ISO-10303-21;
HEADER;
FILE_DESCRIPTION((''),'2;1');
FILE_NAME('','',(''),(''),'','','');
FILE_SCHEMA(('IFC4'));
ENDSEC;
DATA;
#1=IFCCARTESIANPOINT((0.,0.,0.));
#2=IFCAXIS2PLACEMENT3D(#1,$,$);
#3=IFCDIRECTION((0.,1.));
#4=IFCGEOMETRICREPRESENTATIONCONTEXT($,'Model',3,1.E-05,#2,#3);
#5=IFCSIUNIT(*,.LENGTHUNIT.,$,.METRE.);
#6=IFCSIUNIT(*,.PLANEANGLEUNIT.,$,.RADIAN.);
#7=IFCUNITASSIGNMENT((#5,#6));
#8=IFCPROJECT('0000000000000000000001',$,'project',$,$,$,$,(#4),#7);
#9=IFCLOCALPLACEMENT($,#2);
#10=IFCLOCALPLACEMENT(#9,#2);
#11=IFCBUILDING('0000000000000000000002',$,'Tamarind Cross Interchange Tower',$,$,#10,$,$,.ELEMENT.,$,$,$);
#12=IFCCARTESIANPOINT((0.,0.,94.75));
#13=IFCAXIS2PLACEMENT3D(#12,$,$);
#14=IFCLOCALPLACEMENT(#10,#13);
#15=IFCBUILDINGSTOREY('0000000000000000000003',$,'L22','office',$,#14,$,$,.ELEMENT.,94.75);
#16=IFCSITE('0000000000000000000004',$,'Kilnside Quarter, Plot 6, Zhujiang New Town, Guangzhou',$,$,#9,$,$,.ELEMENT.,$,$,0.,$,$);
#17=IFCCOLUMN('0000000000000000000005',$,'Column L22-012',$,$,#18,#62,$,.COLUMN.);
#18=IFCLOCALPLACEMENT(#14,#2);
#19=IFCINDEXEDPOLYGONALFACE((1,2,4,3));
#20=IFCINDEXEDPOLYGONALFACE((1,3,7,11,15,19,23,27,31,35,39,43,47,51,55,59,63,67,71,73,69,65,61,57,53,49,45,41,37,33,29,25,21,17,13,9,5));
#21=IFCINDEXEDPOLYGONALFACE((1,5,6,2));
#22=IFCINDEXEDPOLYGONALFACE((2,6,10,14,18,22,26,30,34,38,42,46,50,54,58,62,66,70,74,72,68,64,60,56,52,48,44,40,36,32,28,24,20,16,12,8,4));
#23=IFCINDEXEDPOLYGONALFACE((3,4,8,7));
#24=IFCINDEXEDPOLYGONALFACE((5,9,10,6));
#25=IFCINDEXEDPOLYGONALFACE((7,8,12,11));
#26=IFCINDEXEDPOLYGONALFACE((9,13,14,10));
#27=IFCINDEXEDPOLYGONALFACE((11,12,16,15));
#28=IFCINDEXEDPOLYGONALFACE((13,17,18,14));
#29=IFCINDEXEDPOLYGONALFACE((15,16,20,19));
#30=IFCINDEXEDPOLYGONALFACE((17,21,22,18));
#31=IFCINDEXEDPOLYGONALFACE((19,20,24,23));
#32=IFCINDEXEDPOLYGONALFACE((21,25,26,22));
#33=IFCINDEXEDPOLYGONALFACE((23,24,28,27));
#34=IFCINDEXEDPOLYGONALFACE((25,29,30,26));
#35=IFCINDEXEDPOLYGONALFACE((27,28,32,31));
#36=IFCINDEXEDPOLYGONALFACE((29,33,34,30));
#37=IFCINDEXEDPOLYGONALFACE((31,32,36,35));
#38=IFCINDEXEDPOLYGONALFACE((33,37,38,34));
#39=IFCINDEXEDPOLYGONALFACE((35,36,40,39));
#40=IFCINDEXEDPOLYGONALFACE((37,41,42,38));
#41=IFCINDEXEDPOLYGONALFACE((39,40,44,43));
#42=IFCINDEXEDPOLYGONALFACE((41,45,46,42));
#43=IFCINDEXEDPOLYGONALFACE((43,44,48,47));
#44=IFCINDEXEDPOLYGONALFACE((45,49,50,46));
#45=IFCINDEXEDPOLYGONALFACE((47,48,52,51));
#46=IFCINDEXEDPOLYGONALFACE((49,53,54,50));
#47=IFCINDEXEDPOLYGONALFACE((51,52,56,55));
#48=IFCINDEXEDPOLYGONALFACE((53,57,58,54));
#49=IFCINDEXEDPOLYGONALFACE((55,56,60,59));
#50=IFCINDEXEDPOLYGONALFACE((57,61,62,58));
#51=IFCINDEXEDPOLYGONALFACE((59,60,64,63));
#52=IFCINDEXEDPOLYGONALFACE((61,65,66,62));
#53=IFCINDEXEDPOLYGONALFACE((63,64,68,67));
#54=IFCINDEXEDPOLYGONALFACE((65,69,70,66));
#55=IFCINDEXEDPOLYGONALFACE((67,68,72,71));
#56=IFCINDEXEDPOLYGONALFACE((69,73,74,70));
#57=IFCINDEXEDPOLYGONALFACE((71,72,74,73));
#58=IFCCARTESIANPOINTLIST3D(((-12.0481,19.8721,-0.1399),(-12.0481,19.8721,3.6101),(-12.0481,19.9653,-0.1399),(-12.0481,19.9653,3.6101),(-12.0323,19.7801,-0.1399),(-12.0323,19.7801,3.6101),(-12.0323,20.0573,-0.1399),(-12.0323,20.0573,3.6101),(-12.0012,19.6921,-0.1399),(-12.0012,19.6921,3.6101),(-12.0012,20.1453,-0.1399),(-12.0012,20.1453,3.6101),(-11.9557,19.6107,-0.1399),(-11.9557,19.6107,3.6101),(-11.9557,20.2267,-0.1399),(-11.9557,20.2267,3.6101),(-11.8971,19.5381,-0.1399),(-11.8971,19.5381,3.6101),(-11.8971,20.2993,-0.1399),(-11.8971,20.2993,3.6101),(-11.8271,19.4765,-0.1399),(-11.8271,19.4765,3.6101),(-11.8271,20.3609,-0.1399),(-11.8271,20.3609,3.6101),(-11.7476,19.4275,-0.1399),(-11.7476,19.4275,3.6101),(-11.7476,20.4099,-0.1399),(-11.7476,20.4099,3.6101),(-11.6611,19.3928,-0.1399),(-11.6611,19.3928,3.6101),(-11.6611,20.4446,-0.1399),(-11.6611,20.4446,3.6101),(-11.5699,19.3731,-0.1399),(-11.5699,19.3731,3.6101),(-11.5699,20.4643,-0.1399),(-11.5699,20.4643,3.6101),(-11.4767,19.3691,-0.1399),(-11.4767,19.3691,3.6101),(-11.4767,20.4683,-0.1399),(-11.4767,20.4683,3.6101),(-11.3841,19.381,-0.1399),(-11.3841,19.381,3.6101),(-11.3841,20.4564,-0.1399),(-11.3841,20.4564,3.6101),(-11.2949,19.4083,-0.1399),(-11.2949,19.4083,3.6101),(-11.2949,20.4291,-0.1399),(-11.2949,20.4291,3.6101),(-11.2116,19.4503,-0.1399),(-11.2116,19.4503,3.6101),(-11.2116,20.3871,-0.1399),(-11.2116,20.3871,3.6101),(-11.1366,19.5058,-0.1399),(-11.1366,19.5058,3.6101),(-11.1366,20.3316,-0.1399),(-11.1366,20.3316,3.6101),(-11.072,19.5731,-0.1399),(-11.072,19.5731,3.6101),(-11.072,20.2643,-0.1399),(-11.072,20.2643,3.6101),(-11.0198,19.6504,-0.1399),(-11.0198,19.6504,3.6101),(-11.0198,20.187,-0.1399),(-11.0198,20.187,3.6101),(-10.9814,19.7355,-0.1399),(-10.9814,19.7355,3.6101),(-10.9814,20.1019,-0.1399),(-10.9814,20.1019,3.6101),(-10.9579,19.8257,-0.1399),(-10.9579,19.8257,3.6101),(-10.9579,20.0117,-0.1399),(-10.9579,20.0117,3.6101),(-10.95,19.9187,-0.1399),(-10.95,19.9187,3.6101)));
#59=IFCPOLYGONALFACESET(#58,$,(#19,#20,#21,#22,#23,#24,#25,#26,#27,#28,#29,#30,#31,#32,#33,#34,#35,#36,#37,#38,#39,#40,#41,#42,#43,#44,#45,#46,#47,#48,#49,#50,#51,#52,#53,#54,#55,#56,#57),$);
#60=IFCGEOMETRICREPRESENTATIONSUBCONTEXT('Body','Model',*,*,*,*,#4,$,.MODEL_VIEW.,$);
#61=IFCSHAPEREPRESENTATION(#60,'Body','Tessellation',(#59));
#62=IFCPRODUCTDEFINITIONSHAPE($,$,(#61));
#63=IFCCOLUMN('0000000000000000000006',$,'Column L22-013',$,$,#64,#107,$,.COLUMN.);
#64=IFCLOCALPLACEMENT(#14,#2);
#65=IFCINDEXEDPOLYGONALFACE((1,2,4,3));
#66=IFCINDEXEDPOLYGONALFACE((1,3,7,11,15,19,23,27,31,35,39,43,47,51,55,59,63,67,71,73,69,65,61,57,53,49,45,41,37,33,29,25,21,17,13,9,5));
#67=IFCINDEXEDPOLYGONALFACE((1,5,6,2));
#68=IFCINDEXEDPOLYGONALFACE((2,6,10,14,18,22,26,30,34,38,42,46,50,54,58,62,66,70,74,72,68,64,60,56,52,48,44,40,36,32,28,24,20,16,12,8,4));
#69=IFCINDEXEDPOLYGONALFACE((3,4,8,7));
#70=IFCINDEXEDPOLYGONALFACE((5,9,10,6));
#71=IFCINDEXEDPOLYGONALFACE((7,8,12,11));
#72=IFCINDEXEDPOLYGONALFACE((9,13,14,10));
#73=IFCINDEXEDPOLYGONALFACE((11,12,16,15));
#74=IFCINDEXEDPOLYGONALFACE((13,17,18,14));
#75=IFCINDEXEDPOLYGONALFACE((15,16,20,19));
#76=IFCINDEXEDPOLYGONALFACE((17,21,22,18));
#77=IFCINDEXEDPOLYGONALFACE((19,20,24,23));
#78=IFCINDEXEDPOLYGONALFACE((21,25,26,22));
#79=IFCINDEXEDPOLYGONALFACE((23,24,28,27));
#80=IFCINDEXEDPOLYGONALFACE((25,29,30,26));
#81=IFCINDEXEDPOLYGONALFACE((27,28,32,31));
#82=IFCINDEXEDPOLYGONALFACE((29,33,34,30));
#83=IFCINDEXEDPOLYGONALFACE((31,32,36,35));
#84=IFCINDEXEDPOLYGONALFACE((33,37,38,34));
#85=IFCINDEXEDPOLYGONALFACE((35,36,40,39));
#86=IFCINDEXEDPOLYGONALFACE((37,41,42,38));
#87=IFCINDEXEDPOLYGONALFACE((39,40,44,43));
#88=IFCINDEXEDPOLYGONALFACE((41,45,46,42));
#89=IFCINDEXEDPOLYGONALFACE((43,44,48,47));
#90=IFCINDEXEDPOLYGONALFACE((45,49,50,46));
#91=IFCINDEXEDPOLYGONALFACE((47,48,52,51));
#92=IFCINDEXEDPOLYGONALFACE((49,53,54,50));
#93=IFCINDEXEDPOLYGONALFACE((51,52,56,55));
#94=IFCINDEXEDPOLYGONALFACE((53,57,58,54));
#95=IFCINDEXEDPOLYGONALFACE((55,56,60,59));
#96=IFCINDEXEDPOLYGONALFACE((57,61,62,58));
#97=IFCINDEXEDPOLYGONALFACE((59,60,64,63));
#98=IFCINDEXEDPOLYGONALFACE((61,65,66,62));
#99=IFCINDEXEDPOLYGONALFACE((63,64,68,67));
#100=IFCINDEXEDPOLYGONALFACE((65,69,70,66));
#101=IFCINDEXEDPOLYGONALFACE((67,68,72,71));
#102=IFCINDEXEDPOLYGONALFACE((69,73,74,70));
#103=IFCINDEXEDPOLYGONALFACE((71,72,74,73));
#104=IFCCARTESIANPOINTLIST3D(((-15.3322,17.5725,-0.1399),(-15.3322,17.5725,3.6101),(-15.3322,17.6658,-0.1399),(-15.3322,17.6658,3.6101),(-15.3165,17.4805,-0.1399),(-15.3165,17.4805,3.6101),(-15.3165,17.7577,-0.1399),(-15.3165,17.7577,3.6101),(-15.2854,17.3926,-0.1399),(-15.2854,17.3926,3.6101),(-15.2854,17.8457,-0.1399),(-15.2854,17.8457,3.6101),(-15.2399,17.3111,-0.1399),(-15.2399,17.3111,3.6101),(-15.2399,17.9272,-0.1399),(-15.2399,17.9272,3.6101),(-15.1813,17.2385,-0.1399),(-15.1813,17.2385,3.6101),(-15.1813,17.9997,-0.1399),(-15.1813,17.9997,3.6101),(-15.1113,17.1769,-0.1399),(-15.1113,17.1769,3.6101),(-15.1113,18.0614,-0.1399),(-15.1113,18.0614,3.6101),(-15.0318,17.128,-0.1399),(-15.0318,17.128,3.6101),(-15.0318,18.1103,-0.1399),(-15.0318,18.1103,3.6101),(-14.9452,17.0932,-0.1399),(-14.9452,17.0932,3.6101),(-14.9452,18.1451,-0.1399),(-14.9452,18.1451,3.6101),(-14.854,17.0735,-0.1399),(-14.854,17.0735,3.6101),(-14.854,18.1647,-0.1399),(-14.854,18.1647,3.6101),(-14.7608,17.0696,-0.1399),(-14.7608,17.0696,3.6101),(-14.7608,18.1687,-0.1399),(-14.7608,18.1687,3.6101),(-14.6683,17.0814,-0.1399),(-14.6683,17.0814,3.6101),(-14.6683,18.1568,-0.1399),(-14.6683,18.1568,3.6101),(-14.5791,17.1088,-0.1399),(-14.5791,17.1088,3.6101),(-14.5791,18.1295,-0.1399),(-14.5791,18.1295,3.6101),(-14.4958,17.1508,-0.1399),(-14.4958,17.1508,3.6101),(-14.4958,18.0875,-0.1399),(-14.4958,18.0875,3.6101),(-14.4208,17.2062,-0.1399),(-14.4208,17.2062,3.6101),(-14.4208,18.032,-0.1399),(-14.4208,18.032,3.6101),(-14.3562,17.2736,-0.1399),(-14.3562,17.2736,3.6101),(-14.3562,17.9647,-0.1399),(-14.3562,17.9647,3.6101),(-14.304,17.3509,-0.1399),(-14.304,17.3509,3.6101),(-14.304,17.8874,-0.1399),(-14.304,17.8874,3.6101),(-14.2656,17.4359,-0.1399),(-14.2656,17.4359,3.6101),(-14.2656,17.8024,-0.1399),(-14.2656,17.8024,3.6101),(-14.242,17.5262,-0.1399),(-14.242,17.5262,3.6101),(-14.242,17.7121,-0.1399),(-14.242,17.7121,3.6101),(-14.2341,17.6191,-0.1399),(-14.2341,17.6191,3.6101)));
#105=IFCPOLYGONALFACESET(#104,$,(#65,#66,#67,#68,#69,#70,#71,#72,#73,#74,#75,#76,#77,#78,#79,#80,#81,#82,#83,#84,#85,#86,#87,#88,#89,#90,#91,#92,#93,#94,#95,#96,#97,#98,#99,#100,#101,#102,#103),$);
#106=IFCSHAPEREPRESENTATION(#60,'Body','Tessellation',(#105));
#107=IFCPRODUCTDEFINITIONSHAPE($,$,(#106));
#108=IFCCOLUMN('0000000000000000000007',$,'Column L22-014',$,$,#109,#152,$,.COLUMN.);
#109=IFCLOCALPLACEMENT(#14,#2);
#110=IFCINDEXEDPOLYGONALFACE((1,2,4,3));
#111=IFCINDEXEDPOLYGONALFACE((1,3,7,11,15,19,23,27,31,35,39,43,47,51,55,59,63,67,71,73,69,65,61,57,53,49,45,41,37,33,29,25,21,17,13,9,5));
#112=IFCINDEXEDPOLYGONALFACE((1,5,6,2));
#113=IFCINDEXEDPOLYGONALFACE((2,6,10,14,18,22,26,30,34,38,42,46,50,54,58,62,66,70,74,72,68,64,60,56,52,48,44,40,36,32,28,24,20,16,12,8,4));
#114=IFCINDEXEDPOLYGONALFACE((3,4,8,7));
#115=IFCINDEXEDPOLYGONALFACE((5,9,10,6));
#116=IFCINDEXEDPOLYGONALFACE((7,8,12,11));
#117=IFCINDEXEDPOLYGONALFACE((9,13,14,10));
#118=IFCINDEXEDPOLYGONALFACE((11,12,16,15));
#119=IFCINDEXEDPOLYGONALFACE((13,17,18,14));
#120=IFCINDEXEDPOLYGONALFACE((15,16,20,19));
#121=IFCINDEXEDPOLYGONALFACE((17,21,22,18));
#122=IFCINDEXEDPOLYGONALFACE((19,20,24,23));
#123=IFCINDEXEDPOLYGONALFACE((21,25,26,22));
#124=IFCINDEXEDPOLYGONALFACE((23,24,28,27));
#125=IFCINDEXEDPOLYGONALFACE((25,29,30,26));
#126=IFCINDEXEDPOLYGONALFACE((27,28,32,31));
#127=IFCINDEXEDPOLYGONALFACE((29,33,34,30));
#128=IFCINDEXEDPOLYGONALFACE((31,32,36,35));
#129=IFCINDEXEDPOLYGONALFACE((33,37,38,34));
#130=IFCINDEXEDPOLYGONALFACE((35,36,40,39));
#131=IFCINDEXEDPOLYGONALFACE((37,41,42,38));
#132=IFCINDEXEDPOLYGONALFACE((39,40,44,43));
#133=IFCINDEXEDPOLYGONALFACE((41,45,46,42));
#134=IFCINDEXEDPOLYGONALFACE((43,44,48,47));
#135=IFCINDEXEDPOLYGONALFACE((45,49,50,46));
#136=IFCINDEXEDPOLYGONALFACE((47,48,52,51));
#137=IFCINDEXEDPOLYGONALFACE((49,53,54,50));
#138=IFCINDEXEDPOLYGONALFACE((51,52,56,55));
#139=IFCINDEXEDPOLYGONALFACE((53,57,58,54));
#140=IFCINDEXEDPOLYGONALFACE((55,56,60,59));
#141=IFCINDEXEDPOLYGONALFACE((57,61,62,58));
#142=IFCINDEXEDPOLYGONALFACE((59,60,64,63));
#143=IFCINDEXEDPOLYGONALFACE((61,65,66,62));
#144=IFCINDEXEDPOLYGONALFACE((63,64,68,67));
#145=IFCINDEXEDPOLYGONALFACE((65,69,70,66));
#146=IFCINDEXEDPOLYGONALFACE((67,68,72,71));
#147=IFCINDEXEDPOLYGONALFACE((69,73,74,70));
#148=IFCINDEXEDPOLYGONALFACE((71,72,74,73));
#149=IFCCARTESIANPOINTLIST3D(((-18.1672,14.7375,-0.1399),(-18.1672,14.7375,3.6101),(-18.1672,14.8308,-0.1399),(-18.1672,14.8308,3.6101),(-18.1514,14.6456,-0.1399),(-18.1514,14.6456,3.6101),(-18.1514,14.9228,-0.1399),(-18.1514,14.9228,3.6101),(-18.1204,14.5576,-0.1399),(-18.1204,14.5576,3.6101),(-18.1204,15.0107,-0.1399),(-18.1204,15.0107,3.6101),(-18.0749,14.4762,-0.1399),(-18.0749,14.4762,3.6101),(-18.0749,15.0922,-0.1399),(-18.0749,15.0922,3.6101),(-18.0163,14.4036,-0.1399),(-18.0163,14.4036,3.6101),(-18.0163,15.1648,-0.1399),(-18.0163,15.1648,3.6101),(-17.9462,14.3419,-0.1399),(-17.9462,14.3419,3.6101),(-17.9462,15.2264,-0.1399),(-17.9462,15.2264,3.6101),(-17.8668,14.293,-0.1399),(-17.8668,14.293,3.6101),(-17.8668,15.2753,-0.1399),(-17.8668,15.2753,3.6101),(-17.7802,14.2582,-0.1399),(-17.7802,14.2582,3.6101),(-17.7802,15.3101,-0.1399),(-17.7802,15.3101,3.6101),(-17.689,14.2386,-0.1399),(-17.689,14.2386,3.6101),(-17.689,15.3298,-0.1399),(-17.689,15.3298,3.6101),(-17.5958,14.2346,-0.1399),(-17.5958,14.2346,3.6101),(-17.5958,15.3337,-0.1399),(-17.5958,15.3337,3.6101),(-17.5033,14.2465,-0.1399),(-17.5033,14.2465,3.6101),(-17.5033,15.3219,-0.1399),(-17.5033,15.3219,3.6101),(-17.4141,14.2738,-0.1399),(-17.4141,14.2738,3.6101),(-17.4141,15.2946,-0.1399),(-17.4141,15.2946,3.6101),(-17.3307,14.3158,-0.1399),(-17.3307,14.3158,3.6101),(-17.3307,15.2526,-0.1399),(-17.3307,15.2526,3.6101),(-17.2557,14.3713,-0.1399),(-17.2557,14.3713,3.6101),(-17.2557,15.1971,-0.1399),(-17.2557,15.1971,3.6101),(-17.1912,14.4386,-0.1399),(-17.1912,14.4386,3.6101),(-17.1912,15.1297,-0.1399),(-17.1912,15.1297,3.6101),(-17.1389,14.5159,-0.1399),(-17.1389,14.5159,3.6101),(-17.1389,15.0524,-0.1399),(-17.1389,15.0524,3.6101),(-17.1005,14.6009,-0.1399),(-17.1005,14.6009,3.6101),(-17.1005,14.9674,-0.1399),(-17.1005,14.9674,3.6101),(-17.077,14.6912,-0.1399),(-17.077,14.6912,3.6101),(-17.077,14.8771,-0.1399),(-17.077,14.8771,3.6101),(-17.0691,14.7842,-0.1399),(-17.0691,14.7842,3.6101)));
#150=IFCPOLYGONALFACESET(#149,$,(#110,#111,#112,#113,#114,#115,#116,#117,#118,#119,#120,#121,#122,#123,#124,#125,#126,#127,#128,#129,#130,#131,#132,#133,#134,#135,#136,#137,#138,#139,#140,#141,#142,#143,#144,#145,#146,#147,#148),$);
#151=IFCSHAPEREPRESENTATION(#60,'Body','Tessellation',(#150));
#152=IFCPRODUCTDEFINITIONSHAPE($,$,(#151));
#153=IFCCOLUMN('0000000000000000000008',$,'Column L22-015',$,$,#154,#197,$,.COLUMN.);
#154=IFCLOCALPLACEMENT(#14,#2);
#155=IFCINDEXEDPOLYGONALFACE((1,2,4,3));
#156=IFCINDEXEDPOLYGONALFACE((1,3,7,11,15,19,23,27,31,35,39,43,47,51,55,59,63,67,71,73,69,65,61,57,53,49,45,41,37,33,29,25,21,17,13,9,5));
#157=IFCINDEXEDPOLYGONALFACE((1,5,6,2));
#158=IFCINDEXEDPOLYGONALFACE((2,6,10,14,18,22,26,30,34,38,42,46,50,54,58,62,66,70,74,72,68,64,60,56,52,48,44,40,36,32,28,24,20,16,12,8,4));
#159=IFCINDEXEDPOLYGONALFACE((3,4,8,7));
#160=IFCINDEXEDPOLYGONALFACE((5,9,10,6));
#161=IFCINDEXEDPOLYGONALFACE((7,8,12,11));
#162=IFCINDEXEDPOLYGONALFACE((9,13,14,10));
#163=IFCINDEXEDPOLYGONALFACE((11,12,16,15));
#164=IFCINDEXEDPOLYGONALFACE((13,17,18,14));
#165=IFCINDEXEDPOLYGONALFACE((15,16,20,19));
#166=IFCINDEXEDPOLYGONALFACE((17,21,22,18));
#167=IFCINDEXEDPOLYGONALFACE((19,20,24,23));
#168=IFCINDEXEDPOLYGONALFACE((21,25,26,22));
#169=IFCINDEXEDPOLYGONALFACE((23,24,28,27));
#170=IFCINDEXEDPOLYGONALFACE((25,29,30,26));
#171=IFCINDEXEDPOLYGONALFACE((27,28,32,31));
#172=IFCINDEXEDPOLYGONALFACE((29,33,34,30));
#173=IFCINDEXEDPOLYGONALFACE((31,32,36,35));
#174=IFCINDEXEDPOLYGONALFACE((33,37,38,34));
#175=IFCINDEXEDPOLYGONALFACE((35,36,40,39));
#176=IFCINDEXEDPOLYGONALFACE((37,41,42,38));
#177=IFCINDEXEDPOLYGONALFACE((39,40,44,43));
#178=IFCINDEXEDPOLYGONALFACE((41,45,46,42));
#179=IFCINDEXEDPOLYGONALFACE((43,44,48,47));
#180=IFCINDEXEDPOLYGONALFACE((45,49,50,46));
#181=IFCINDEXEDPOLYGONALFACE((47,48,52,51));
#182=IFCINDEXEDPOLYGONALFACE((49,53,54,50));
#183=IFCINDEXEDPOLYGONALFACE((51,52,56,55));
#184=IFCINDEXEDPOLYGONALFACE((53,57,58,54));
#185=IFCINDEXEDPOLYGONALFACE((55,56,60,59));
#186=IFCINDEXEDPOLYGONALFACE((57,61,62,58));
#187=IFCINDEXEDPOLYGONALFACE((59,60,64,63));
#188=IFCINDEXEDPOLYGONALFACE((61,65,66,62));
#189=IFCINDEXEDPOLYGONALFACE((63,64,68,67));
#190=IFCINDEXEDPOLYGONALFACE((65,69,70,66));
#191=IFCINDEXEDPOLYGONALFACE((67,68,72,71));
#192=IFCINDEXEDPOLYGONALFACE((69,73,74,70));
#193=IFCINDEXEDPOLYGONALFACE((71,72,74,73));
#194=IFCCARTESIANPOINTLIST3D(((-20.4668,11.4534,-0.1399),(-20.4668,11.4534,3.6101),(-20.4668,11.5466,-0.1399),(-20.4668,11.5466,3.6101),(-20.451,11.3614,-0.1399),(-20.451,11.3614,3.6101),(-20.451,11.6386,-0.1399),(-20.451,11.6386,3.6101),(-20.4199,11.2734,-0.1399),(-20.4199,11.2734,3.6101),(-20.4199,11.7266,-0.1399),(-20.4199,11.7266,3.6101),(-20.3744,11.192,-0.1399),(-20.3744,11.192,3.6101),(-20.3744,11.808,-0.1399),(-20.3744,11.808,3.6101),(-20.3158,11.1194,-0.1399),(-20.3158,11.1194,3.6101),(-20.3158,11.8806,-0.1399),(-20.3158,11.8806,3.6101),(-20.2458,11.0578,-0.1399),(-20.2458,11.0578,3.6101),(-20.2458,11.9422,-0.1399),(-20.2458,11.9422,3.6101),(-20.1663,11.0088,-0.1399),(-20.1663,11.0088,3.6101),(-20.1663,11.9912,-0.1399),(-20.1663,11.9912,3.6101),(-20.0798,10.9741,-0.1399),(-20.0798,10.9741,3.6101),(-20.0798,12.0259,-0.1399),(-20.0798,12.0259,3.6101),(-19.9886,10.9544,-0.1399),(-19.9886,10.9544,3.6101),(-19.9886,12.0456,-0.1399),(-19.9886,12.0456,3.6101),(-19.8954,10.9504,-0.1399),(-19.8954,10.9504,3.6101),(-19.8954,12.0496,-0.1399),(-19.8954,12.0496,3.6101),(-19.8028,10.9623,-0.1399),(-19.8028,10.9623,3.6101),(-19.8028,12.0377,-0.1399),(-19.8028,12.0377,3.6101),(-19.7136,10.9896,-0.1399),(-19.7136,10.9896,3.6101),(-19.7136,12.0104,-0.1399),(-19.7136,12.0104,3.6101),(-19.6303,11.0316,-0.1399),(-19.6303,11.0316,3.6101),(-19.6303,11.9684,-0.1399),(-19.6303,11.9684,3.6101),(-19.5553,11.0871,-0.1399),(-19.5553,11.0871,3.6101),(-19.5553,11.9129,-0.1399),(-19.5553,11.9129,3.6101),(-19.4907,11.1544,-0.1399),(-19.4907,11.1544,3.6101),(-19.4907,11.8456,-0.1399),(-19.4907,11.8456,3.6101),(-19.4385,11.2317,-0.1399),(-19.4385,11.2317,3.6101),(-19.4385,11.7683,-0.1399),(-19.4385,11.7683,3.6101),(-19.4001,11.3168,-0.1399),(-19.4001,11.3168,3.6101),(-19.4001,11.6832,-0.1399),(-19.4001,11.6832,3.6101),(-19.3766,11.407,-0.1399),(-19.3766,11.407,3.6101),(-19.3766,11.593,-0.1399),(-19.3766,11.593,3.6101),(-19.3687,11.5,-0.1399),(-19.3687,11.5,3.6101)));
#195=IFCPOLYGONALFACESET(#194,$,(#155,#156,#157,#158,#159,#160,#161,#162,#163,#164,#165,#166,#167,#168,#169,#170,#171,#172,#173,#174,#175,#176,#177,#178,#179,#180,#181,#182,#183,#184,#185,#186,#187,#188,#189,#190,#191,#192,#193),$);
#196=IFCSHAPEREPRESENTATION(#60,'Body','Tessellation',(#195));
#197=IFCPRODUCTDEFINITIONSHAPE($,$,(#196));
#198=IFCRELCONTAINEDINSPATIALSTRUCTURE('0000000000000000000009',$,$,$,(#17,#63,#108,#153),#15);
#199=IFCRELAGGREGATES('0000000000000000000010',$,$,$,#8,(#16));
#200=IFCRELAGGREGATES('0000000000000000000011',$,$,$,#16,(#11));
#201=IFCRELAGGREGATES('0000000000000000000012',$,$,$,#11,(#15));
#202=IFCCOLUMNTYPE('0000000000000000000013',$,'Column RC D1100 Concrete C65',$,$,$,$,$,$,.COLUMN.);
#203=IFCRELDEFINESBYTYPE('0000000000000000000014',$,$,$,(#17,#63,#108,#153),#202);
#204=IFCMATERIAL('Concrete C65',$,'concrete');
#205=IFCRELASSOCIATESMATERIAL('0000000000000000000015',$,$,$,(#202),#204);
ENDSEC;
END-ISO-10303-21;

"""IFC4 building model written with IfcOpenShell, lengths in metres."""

from ifc_helpers import new_model, si_unit, direction, frame, origin, origin_2d, place, context, subcontext, project, spatial, circle, extrude, material, material_profile, profile_set, type_object, element, save


model = new_model("IFC4")

# Units and contexts
model_context = context("Model", 3, precision=1e-05, world=origin(), true_north=direction((0.0, 1.0)))
body_context = subcontext(model_context, "Body", "Model", "MODEL_VIEW")
ifc_project = project(units=[si_unit("LENGTHUNIT", "METRE"), si_unit("PLANEANGLEUNIT", "RADIAN")], contexts=[model_context])

# Site, building, storey
site_placement = place(None, origin())
site = spatial("IfcSite", under=ifc_project, at=site_placement, Name="Kilnside Quarter, Plot 6, Zhujiang New Town, Guangzhou", CompositionType="ELEMENT", RefElevation=0.0)
building_placement = place(site_placement, origin())
building = spatial("IfcBuilding", under=site, at=building_placement, Name="Tamarind Cross Interchange Tower", CompositionType="ELEMENT")
storey_placement = place(building_placement, frame((0.0, 0.0, 94.75)))
storey = spatial("IfcBuildingStorey", under=building, at=storey_placement, Name="L22", Description="office", CompositionType="ELEMENT", Elevation=94.75)

# Columns
ifc_material_1 = material(Name="Concrete C65", Category="concrete")
ifc_material_profile_1 = material_profile(ifc_material_1, circle(Radius=0.55, at=origin_2d()), Name="RC D1100")
ifc_profile_set_1 = profile_set([ifc_material_profile_1], Name="Concrete C65")
column_type = type_object("IfcColumnType", Name="Column RC D1100 Concrete C65", PredefinedType="COLUMN", material=ifc_profile_set_1)
for number, where, z_axis, x_axis, name in (
    (1, (-11.5, 19.9187, -0.1399), (0.0, 0.0, 1.0), (1.0, 0.0, 0.0), "Column L22-012"),
    (2, (-14.7842, 17.6191, -0.1399), (0.0, 0.0, 1.0), (1.0, 0.0, 0.0), "Column L22-013"),
    (3, (-17.6191, 14.7842, -0.1399), (0.0, 0.0, 1.0), (1.0, 0.0, 0.0), "Column L22-014"),
    (4, (-19.9187, 11.5, -0.1399), (0.0, 0.0, 1.0), (1.0, 0.0, 0.0), "Column L22-015"),
):
    element("IfcColumn", number, at=place(storey_placement, frame(where, z_axis=z_axis, x_axis=x_axis)), inside=storey, type_object=column_type, Name=name, PredefinedType="COLUMN", context=body_context, shape_type="SweptSolid", body=[
        extrude(circle(Radius=0.55, at=origin_2d()), origin(), (0.0, 0.0, 1.0), 3.75),
    ])

save(model, "model.ifc")
